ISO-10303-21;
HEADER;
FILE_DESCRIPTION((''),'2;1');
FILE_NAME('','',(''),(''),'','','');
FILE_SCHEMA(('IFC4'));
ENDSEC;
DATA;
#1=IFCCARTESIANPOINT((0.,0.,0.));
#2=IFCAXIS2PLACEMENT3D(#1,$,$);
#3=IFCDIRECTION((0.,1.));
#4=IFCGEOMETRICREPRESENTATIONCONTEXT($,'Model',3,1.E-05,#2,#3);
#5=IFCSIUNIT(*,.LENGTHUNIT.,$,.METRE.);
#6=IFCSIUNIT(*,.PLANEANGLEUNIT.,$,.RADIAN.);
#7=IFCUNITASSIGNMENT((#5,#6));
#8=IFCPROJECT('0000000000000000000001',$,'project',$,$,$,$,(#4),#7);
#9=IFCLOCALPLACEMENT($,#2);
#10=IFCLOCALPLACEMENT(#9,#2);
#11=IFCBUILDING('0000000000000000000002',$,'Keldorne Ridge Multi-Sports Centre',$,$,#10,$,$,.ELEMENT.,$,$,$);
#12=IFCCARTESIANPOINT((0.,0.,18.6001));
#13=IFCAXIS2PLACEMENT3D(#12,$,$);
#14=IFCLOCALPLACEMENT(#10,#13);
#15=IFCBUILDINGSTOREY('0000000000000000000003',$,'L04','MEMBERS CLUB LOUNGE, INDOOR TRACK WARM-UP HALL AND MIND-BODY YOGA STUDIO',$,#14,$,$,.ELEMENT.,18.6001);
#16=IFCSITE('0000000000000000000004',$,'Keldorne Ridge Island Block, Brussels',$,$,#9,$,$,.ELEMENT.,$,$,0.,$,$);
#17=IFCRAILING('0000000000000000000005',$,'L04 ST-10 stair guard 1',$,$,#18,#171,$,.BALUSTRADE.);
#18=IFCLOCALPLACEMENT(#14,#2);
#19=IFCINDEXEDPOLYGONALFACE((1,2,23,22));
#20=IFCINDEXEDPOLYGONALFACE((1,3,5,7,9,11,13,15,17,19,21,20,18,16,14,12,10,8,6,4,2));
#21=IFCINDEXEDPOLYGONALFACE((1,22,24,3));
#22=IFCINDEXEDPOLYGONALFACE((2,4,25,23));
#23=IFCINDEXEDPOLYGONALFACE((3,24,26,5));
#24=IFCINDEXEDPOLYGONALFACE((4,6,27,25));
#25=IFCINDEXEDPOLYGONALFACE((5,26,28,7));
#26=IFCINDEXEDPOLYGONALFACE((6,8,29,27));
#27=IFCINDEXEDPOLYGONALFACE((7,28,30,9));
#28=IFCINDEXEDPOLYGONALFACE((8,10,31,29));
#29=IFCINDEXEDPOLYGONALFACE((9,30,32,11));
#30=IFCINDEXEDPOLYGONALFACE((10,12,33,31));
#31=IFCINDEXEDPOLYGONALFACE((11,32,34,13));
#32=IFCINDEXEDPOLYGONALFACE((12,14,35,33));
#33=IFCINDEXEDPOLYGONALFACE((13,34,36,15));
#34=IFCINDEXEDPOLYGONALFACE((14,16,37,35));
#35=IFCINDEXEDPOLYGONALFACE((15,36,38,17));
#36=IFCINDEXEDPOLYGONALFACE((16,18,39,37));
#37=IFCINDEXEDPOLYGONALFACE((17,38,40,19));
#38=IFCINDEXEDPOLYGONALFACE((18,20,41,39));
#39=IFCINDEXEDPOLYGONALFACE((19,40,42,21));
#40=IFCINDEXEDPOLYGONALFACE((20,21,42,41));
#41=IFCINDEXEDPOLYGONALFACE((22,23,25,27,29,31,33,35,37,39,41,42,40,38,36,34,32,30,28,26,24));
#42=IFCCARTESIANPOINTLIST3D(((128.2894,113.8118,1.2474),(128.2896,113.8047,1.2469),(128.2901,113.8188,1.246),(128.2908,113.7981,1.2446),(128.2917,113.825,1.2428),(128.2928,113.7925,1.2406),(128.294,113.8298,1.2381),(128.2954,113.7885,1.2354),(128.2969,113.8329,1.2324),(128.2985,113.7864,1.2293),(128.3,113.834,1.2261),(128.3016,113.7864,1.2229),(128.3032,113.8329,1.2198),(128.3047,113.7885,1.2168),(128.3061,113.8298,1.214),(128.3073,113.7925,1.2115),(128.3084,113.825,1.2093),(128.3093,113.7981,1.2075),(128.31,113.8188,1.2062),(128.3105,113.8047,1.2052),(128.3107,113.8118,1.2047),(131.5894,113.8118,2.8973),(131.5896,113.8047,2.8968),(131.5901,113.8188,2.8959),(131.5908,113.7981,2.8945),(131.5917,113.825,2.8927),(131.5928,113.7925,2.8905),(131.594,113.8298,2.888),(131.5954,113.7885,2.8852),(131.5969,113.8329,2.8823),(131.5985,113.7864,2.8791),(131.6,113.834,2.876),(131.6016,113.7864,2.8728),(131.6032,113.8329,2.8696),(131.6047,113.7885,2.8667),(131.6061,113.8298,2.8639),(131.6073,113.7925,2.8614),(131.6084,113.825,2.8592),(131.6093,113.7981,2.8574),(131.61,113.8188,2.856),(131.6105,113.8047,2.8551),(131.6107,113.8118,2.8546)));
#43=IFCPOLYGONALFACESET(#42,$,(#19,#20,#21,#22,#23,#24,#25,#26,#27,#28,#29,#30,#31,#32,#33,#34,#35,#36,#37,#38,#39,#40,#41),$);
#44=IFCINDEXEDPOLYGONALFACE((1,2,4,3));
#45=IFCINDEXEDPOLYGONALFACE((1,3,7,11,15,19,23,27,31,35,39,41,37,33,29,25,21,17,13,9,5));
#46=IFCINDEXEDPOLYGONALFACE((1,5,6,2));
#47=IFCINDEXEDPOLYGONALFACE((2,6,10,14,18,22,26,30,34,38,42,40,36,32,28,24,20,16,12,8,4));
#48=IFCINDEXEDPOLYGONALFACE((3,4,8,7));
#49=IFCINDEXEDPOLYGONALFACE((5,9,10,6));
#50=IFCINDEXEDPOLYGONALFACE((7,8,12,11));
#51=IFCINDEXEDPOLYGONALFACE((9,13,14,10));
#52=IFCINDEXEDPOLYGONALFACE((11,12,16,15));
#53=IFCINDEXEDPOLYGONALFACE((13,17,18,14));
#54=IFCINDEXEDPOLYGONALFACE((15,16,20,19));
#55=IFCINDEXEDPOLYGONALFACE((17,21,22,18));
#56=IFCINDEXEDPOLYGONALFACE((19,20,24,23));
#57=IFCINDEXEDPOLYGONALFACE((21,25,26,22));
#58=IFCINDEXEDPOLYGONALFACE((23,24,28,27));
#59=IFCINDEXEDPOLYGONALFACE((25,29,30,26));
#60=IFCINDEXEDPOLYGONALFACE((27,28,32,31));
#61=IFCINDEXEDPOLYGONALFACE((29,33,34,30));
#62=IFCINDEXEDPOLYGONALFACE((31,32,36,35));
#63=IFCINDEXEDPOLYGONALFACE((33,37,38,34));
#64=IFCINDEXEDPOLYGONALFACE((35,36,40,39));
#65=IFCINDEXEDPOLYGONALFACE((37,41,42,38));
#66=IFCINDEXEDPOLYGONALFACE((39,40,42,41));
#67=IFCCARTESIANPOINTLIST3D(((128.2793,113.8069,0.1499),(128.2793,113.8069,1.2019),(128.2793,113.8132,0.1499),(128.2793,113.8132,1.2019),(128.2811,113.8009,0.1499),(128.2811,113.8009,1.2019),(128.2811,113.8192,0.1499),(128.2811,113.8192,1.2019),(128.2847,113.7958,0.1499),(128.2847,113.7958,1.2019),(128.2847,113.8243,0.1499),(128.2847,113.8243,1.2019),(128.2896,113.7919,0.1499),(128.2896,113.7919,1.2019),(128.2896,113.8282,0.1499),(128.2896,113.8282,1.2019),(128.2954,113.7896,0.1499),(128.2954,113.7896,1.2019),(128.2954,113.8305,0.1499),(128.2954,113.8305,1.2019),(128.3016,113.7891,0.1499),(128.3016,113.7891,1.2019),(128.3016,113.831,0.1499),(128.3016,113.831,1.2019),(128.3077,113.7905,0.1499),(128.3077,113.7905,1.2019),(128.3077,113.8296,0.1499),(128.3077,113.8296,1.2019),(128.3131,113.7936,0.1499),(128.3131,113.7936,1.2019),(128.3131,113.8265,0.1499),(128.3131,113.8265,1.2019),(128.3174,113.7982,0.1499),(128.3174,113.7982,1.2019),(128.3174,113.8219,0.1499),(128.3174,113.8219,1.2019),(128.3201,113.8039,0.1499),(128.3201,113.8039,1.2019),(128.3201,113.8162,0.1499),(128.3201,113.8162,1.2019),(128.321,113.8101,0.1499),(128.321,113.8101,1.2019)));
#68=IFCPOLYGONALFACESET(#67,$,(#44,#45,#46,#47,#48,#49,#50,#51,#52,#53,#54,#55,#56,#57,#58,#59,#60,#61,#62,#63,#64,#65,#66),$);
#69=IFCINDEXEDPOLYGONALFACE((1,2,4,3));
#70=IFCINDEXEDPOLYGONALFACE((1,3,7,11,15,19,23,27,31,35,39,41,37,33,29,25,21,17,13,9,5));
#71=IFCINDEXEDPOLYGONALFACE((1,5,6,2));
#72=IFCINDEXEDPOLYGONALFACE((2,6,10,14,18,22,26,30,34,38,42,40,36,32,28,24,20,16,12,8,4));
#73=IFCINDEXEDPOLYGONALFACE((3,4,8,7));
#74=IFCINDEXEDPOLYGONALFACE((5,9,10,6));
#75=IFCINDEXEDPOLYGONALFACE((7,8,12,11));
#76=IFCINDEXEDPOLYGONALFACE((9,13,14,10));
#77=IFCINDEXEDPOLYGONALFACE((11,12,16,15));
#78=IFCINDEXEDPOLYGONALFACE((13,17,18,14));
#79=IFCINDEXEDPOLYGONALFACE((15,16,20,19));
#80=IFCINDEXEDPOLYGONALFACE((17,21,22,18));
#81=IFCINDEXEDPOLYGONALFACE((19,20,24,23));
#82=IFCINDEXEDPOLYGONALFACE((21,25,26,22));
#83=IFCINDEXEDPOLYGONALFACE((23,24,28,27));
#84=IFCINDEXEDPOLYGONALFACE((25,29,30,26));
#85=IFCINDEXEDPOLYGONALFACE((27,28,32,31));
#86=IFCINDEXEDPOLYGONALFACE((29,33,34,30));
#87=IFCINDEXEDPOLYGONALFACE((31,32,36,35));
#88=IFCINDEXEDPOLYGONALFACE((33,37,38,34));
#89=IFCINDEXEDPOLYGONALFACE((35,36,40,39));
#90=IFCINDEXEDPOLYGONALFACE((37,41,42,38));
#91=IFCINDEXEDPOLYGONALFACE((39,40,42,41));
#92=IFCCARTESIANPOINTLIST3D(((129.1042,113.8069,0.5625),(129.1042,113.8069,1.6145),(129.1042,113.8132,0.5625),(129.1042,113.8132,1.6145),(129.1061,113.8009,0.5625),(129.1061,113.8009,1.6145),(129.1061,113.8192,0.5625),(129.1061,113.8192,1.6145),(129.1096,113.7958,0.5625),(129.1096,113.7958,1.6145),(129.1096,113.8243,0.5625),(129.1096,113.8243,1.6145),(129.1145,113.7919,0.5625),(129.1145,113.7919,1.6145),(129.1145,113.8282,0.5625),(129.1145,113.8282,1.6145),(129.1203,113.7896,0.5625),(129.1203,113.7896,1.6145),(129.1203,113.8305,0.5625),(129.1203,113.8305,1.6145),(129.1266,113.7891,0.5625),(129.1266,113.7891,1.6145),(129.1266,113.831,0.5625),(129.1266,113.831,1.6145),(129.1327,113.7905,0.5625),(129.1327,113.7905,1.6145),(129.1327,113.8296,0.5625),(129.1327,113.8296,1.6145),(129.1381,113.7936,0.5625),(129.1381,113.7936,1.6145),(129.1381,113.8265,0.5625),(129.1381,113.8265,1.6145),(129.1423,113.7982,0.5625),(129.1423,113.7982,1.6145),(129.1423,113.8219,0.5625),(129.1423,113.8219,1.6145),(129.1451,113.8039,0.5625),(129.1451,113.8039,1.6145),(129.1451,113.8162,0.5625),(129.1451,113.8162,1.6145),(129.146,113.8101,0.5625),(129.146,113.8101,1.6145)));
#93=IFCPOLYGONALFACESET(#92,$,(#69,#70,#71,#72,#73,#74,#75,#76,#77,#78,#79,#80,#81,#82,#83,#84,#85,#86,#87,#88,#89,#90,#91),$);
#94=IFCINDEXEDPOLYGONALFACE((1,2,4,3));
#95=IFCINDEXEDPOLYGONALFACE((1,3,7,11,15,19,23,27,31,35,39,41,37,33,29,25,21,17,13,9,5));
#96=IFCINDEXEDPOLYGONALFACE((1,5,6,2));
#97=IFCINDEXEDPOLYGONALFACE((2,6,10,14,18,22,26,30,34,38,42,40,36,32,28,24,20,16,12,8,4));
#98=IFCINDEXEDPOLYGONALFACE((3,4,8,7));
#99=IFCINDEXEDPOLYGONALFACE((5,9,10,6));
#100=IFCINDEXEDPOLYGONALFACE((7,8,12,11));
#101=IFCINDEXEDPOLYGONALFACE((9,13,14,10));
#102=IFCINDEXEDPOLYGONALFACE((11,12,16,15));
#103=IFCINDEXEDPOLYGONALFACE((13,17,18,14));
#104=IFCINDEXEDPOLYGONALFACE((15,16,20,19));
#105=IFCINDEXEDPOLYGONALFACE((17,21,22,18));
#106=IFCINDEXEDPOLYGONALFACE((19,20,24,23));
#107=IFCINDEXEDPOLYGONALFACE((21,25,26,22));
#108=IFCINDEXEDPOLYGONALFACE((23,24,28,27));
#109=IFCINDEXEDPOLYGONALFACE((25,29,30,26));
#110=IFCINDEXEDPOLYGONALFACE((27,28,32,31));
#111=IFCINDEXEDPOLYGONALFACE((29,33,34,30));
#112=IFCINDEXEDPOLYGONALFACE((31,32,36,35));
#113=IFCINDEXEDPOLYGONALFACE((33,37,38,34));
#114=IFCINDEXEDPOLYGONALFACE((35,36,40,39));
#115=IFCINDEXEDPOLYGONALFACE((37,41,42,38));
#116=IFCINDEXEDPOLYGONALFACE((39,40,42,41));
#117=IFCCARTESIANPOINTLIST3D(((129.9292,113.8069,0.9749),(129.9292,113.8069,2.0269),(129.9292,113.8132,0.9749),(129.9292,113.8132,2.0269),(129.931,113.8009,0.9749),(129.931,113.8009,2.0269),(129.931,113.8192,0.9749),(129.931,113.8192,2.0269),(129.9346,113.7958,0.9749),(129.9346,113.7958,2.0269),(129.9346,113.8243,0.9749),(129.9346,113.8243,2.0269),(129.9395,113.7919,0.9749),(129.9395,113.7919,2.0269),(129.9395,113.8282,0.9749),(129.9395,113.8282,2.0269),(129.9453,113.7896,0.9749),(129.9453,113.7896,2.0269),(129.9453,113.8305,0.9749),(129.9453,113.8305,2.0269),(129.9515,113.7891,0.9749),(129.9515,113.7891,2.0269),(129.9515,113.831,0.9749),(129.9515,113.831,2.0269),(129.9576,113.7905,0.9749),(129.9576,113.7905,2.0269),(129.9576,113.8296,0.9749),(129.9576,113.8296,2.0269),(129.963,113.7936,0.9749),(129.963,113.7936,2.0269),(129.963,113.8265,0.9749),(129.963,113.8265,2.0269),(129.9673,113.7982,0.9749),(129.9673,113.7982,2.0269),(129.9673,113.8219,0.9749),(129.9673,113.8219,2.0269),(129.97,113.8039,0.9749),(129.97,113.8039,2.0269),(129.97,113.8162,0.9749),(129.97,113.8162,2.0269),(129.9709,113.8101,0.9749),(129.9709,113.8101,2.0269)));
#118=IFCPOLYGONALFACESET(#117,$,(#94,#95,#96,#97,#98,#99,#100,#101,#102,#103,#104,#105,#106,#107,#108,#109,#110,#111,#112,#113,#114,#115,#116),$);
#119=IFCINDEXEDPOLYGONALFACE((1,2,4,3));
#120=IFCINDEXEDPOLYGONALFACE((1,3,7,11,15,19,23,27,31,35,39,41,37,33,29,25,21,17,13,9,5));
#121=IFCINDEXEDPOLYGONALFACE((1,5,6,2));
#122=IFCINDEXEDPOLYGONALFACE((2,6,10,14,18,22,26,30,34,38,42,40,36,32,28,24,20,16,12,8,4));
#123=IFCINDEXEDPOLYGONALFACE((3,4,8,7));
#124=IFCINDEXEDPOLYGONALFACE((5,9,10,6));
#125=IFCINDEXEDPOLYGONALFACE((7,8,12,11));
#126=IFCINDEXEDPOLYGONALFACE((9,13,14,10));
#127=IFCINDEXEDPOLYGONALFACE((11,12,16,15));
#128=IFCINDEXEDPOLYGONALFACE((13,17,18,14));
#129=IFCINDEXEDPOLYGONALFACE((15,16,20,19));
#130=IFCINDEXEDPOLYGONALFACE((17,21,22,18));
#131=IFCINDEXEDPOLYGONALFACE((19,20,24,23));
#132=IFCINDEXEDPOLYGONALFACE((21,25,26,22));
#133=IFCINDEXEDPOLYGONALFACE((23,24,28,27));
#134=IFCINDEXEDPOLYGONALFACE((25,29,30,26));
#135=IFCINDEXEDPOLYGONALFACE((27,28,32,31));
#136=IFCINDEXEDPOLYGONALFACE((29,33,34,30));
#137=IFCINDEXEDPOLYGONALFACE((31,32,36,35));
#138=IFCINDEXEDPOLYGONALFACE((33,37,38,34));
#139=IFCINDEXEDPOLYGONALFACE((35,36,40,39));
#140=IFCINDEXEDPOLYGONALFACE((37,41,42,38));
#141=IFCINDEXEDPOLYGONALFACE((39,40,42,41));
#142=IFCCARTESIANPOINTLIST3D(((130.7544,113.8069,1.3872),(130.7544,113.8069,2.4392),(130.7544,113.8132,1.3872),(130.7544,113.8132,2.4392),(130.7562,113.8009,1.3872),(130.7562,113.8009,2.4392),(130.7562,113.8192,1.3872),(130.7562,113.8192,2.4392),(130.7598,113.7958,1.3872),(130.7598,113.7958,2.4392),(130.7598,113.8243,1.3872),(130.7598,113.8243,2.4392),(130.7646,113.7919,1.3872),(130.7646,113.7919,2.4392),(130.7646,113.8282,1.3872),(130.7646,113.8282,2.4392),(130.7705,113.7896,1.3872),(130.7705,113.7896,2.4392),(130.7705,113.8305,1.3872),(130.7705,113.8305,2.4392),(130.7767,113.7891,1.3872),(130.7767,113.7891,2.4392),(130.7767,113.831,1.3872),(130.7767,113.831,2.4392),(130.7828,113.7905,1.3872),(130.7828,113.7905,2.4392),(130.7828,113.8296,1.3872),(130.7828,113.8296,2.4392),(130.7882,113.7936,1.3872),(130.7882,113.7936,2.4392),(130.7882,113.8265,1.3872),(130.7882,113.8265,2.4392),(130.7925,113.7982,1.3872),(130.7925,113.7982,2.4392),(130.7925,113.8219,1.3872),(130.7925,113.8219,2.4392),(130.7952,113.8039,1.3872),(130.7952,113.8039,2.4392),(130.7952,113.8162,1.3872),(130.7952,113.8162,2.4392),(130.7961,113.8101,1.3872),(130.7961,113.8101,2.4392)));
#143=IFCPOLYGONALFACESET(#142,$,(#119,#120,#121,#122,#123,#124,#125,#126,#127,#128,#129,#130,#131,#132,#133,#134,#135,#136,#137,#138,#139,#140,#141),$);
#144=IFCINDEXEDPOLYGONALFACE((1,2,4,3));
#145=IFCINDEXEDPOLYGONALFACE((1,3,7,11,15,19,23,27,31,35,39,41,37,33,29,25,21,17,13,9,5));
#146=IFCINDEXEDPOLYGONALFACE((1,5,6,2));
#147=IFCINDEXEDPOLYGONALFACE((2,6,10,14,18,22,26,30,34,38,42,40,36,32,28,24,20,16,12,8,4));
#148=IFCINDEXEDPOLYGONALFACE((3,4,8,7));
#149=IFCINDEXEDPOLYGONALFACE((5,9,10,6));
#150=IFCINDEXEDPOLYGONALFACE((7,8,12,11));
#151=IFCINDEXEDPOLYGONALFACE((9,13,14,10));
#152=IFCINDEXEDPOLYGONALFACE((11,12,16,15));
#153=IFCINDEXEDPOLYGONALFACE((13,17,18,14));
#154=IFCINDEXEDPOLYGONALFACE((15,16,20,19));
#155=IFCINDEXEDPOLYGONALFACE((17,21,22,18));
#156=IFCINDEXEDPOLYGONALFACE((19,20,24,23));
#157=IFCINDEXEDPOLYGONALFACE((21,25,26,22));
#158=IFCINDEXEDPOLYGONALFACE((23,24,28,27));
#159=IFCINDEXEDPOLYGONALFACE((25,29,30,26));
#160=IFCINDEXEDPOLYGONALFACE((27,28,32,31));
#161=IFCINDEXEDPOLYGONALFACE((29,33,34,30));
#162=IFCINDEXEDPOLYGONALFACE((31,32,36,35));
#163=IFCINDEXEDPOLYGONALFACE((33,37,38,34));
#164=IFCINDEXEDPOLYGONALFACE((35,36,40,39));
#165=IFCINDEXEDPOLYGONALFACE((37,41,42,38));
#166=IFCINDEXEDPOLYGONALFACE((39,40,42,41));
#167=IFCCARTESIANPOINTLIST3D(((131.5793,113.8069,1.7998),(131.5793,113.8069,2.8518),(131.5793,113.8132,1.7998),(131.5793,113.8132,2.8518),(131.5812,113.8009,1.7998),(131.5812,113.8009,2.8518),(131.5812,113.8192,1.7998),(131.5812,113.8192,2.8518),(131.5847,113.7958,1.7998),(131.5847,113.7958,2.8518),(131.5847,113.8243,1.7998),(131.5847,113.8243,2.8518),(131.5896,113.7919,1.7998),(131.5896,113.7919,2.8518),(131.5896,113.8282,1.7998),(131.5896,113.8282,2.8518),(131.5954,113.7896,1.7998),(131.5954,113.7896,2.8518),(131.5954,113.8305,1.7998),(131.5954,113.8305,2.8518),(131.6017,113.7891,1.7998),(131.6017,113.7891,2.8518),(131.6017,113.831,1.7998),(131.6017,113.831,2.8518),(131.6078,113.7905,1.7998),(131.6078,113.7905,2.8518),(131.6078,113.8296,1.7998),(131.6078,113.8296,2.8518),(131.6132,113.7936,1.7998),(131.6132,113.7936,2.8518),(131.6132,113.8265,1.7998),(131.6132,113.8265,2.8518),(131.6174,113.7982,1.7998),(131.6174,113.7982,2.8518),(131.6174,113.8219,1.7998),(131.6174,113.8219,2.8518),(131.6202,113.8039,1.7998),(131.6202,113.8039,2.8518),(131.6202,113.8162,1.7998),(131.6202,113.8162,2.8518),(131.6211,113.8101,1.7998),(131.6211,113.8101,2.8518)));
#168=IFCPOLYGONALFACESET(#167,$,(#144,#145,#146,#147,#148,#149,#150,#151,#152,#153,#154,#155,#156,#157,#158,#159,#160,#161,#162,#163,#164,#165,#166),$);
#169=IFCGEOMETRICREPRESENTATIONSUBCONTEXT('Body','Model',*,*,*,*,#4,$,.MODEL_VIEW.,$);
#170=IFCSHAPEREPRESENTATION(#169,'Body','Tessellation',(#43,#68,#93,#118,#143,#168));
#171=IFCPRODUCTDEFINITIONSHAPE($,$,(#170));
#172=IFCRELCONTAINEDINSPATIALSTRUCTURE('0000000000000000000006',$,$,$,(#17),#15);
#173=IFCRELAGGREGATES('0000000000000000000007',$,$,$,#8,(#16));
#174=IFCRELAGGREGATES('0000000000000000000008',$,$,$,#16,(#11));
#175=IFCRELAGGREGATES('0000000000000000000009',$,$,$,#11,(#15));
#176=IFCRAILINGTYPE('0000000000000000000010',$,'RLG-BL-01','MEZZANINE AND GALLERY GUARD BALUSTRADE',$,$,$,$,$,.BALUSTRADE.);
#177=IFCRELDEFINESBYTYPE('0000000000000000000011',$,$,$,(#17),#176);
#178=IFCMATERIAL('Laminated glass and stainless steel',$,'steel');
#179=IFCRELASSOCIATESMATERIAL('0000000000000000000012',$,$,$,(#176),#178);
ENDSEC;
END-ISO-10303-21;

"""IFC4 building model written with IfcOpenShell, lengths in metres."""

from ifc_helpers import new_model, si_unit, direction, frame, origin, origin_2d, place, context, subcontext, project, spatial, circle, extrude, material, type_object, element, save


model = new_model("IFC4")

# Units and contexts
model_context = context("Model", 3, precision=1e-05, world=origin(), true_north=direction((0.0, 1.0)))
body_context = subcontext(model_context, "Body", "Model", "MODEL_VIEW")
ifc_project = project(units=[si_unit("LENGTHUNIT", "METRE"), si_unit("PLANEANGLEUNIT", "RADIAN")], contexts=[model_context])

# Site, building, storey
site_placement = place(None, origin())
site = spatial("IfcSite", under=ifc_project, at=site_placement, Name="Keldorne Ridge Island Block, Brussels", CompositionType="ELEMENT", RefElevation=0.0)
building_placement = place(site_placement, origin())
building = spatial("IfcBuilding", under=site, at=building_placement, Name="Keldorne Ridge Multi-Sports Centre", CompositionType="ELEMENT")
storey_placement = place(building_placement, frame((0.0, 0.0, 18.6001)))
storey = spatial("IfcBuildingStorey", under=building, at=storey_placement, Name="L04", Description="MEMBERS CLUB LOUNGE, INDOOR TRACK WARM-UP HALL AND MIND-BODY YOGA STUDIO", CompositionType="ELEMENT", Elevation=18.6001)

# Railing
ifc_material_1 = material(Name="Laminated glass and stainless steel", Category="steel")
railing_type_1 = type_object("IfcRailingType", Name="RLG-BL-01", Description="MEZZANINE AND GALLERY GUARD BALUSTRADE", PredefinedType="BALUSTRADE", material=ifc_material_1)
railing_1_placement = place(storey_placement, frame((128.3, 113.8101, 0.1499)))
element("IfcRailing", 1, at=railing_1_placement, inside=storey, type_object=railing_type_1, Name="L04 ST-10 stair guard 1", PredefinedType="BALUSTRADE", context=body_context, shape_type="SweptSolid", body=[
    extrude(circle(Radius=0.0239, at=origin_2d()), frame((0.0, 0.0, 1.0762), z_axis=(0.89444, 0.0, 0.447187), x_axis=(0.0, 1.0, 0.0)), (0.0, 0.0, 1.0), 3.6895),
    extrude(circle(Radius=0.021, at=origin_2d()), origin(), (0.0, 0.0, 1.0), 1.052),
    extrude(circle(Radius=0.021, at=origin_2d()), frame((0.825, 0.0, 0.4126)), (0.0, 0.0, 1.0), 1.052),
    extrude(circle(Radius=0.021, at=origin_2d()), frame((1.6499, 0.0, 0.825)), (0.0, 0.0, 1.0), 1.052),
    extrude(circle(Radius=0.021, at=origin_2d()), frame((2.4751, 0.0, 1.2373)), (0.0, 0.0, 1.0), 1.052),
    extrude(circle(Radius=0.021, at=origin_2d()), frame((3.3, 0.0, 1.6499)), (0.0, 0.0, 1.0), 1.052),
])

save(model, "model.ifc")
